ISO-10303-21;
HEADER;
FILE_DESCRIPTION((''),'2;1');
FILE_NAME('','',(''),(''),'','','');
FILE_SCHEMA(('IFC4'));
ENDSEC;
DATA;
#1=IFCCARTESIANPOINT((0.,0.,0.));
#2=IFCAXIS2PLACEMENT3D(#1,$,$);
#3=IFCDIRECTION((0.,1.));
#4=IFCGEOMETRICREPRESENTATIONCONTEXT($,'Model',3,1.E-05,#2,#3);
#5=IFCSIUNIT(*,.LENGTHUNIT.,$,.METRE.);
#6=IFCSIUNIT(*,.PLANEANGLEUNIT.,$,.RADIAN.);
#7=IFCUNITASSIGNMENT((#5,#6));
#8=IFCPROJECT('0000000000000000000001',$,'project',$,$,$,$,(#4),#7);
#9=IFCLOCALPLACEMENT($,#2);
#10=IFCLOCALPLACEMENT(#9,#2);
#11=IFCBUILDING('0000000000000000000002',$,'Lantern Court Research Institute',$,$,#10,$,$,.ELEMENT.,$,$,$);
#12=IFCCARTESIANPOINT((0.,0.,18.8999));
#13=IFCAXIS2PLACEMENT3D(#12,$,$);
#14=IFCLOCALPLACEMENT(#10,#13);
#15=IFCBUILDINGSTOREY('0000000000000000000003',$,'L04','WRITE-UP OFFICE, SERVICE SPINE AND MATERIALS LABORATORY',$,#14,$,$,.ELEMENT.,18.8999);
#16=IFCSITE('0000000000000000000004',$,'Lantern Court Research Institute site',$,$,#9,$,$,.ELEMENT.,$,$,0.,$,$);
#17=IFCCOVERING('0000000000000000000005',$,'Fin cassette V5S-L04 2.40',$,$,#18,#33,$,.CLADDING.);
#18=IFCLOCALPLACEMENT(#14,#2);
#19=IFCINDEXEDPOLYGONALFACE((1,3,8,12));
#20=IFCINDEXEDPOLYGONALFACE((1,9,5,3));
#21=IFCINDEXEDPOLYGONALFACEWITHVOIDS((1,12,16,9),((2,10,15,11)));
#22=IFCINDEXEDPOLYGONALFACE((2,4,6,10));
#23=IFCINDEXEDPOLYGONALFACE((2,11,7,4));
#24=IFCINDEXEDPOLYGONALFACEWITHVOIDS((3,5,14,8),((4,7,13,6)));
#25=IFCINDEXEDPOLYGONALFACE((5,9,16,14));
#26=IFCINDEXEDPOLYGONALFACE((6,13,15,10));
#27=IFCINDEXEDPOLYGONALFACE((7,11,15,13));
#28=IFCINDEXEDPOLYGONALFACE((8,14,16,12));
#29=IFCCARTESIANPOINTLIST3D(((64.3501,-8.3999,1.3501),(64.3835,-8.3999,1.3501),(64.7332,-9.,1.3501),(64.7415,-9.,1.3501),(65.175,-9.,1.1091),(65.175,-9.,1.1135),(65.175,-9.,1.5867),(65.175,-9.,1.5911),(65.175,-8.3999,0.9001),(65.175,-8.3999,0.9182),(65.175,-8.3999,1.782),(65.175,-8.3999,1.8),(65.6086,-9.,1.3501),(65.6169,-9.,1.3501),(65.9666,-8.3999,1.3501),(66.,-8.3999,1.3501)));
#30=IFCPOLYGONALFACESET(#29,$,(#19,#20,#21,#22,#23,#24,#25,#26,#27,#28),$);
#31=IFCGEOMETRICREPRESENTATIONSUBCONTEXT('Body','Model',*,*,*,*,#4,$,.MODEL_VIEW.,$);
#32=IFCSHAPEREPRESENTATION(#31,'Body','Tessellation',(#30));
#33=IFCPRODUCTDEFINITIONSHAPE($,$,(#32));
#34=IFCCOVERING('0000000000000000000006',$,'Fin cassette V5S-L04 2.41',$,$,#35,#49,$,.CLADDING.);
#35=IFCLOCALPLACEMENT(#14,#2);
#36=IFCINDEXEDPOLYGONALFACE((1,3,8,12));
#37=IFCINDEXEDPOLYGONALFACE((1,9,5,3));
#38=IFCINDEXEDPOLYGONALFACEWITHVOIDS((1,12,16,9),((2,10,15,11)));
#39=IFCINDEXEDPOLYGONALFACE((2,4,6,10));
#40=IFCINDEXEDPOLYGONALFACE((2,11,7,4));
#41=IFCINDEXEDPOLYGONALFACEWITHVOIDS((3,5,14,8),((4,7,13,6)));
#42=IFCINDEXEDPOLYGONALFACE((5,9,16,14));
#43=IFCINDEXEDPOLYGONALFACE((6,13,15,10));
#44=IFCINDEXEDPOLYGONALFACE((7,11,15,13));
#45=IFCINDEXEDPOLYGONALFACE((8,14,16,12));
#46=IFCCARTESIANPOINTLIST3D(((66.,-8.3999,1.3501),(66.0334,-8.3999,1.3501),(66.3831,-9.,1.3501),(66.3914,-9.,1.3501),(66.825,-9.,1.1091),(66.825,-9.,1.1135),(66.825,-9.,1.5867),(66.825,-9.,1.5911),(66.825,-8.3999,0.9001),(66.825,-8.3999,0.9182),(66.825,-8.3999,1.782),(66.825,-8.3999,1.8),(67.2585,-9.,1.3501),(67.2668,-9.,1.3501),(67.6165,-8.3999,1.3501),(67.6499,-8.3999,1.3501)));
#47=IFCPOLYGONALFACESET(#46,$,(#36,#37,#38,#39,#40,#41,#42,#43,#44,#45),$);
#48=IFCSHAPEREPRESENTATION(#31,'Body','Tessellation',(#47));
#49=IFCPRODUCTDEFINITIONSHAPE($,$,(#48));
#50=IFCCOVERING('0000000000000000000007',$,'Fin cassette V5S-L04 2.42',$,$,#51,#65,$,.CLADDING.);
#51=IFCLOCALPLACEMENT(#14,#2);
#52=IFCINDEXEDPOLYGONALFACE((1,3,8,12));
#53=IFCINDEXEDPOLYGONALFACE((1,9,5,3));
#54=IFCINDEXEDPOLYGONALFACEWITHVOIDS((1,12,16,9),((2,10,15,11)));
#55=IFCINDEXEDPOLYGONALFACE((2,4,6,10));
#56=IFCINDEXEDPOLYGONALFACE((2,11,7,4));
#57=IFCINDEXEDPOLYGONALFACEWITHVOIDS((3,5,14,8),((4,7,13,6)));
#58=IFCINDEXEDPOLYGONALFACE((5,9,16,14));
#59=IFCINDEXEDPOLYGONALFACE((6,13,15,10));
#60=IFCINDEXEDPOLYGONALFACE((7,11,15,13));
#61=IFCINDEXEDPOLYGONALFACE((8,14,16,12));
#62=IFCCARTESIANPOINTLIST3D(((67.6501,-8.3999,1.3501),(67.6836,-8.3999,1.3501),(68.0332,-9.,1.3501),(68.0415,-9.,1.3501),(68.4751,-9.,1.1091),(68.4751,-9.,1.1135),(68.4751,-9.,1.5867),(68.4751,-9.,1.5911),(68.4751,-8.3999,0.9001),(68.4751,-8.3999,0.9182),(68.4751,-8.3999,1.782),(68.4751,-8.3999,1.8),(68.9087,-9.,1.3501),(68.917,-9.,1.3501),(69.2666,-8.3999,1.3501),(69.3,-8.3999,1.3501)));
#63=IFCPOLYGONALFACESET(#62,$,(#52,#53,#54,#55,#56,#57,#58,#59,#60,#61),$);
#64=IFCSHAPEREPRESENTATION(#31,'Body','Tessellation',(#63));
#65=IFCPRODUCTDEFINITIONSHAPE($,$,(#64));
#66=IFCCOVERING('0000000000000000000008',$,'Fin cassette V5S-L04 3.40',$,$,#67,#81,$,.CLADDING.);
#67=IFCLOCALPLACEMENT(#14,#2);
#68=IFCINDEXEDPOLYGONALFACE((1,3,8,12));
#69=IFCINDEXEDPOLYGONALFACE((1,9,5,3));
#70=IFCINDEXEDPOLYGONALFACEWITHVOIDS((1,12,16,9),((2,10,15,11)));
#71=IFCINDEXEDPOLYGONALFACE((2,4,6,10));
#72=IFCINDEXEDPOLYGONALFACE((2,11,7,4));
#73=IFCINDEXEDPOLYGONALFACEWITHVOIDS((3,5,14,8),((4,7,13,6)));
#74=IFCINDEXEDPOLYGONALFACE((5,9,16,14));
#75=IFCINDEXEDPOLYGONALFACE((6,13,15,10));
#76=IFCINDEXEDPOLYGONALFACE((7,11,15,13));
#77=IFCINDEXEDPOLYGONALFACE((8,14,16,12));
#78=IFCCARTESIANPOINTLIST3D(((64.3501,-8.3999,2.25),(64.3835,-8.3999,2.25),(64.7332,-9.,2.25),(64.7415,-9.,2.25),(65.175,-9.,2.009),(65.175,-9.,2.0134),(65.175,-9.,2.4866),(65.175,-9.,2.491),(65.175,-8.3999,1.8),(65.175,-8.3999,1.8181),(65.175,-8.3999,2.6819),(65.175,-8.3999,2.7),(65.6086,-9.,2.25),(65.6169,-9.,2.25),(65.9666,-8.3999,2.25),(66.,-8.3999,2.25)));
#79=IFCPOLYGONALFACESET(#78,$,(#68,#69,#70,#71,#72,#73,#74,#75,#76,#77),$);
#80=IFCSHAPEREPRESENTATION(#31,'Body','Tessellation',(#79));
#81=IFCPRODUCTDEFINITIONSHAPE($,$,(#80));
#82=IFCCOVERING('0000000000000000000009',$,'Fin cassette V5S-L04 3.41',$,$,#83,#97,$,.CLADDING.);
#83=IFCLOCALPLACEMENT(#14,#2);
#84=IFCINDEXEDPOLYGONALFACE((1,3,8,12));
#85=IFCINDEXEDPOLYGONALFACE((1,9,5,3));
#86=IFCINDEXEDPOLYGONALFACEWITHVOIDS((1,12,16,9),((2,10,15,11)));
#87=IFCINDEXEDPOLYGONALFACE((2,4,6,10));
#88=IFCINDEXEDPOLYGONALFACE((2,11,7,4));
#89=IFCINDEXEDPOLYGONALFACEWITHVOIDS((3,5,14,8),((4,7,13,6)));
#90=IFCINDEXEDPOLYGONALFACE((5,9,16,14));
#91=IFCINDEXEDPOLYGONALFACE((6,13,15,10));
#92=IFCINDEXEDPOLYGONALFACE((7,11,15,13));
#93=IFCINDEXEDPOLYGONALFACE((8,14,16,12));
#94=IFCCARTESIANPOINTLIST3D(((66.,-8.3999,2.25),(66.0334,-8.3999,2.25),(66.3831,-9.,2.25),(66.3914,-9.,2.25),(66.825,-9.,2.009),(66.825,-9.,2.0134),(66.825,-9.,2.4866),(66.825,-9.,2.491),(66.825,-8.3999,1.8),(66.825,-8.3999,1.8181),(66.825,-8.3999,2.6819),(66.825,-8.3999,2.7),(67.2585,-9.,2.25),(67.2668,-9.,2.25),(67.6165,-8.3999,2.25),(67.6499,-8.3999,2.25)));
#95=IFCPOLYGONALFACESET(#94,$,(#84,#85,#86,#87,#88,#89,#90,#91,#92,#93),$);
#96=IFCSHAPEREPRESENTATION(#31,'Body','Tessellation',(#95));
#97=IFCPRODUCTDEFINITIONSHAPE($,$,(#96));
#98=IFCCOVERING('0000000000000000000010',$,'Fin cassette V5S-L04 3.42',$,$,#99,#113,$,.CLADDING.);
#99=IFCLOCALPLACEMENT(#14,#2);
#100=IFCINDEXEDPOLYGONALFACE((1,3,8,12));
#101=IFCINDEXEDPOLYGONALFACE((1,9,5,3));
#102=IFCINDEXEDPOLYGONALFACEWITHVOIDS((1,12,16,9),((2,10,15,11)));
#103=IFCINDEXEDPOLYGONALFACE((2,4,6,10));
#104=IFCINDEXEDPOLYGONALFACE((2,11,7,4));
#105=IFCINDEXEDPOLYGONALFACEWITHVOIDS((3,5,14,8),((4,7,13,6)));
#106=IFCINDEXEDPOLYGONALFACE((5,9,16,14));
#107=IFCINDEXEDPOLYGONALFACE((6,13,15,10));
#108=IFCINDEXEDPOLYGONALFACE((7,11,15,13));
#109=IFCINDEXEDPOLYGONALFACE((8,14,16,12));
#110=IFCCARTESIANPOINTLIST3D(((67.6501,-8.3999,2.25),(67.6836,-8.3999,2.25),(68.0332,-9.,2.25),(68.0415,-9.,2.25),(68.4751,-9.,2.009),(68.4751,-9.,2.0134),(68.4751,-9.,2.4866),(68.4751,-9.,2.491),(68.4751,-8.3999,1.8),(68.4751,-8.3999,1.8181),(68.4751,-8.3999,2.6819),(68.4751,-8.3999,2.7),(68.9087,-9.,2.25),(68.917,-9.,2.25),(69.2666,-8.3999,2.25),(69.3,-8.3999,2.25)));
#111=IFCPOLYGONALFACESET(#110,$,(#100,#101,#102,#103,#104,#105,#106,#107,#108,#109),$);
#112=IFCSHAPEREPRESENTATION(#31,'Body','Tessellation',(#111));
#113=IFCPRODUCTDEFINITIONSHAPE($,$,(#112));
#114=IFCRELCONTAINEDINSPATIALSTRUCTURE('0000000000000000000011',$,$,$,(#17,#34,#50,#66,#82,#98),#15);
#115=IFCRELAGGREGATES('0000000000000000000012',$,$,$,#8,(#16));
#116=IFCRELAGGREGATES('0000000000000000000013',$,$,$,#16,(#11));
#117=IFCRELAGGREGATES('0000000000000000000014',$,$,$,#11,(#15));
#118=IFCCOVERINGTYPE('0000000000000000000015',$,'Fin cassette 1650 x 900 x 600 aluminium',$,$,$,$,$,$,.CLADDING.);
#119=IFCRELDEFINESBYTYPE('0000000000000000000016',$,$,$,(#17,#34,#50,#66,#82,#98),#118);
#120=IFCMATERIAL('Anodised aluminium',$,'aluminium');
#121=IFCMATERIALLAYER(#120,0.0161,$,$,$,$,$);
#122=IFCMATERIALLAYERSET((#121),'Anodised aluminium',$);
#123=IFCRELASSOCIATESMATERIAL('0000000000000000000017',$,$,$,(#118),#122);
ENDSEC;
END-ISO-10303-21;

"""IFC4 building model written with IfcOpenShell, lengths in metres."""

from ifc_helpers import new_model, entity, si_unit, direction, frame, origin, place, context, subcontext, project, spatial, material, layer, layer_set, type_object, element, save


model = new_model("IFC4")

# Units and contexts
model_context = context("Model", 3, precision=1e-05, world=origin(), true_north=direction((0.0, 1.0)))
body_context = subcontext(model_context, "Body", "Model", "MODEL_VIEW")
ifc_project = project(units=[si_unit("LENGTHUNIT", "METRE"), si_unit("PLANEANGLEUNIT", "RADIAN")], contexts=[model_context])

# Site, building, storey
site_placement = place(None, origin())
site = spatial("IfcSite", under=ifc_project, at=site_placement, Name="Lantern Court Research Institute site", CompositionType="ELEMENT", RefElevation=0.0)
building_placement = place(site_placement, origin())
building = spatial("IfcBuilding", under=site, at=building_placement, Name="Lantern Court Research Institute", CompositionType="ELEMENT")
storey_placement = place(building_placement, frame((0.0, 0.0, 18.8999)))
storey = spatial("IfcBuildingStorey", under=building, at=storey_placement, Name="L04", Description="WRITE-UP OFFICE, SERVICE SPINE AND MATERIALS LABORATORY", CompositionType="ELEMENT", Elevation=18.8999)

# Coverings
ifc_material_1 = material(Name="Anodised aluminium", Category="aluminium")
ifc_layer_1 = layer(ifc_material_1, 0.0161)
ifc_layer_set_1 = layer_set([ifc_layer_1], Name="Anodised aluminium")
covering_type = type_object("IfcCoveringType", Name="Fin cassette 1650 x 900 x 600 aluminium", PredefinedType="CLADDING", material=ifc_layer_set_1)
covering_1_placement = place(storey_placement, frame((65.175, -8.3999, 1.3501), z_axis=(0.0, -1.0, 0.0), x_axis=(1.0, 0.0, 0.0)))
cartesian_point_1 = entity("IfcCartesianPoint", [0.825, 0.0])
cartesian_point_2 = entity("IfcCartesianPoint", [0.7915, 0.0])
cartesian_point_3 = entity("IfcCartesianPoint", [0.4419, 0.0])
cartesian_point_4 = entity("IfcCartesianPoint", [0.4336, 0.0])
element("IfcCovering", 1, at=covering_1_placement, inside=storey, type_object=covering_type, Name="Fin cassette V5S-L04 2.40", PredefinedType="CLADDING", context=body_context, shape_type="SweptSolid", body=[
    entity("IfcExtrudedAreaSolidTapered", entity("IfcArbitraryProfileDefWithVoids", "AREA", None, entity("IfcPolyline", [cartesian_point_1, entity("IfcCartesianPoint", [0.0, 0.45]), entity("IfcCartesianPoint", [-0.825, 0.0]), entity("IfcCartesianPoint", [0.0, -0.45]), cartesian_point_1]), [entity("IfcPolyline", [cartesian_point_2, entity("IfcCartesianPoint", [0.0, 0.4319]), entity("IfcCartesianPoint", [-0.7915, 0.0]), entity("IfcCartesianPoint", [0.0, -0.4319]), cartesian_point_2])]), entity("IfcAxis2Placement3D", entity("IfcCartesianPoint", [0.0, 0.0, 0.0])), entity("IfcDirection", [0.0, 0.0, 1.0]), 0.6001, entity("IfcArbitraryProfileDefWithVoids", "AREA", None, entity("IfcPolyline", [cartesian_point_3, entity("IfcCartesianPoint", [0.0, 0.241]), entity("IfcCartesianPoint", [-0.4419, 0.0]), entity("IfcCartesianPoint", [0.0, -0.241]), cartesian_point_3]), [entity("IfcPolyline", [cartesian_point_4, entity("IfcCartesianPoint", [0.0, 0.2366]), entity("IfcCartesianPoint", [-0.4336, 0.0]), entity("IfcCartesianPoint", [0.0, -0.2366]), cartesian_point_4])])),
])
covering_2_placement = place(storey_placement, frame((66.825, -8.3999, 1.3501), z_axis=(0.0, -1.0, 0.0), x_axis=(1.0, 0.0, 0.0)))
cartesian_point_5 = entity("IfcCartesianPoint", [0.825, 0.0])
cartesian_point_6 = entity("IfcCartesianPoint", [0.7915, 0.0])
cartesian_point_7 = entity("IfcCartesianPoint", [0.4419, 0.0])
cartesian_point_8 = entity("IfcCartesianPoint", [0.4336, 0.0])
element("IfcCovering", 2, at=covering_2_placement, inside=storey, type_object=covering_type, Name="Fin cassette V5S-L04 2.41", PredefinedType="CLADDING", context=body_context, shape_type="SweptSolid", body=[
    entity("IfcExtrudedAreaSolidTapered", entity("IfcArbitraryProfileDefWithVoids", "AREA", None, entity("IfcPolyline", [cartesian_point_5, entity("IfcCartesianPoint", [0.0, 0.45]), entity("IfcCartesianPoint", [-0.825, 0.0]), entity("IfcCartesianPoint", [0.0, -0.45]), cartesian_point_5]), [entity("IfcPolyline", [cartesian_point_6, entity("IfcCartesianPoint", [0.0, 0.4319]), entity("IfcCartesianPoint", [-0.7915, 0.0]), entity("IfcCartesianPoint", [0.0, -0.4319]), cartesian_point_6])]), entity("IfcAxis2Placement3D", entity("IfcCartesianPoint", [0.0, 0.0, 0.0])), entity("IfcDirection", [0.0, 0.0, 1.0]), 0.6001, entity("IfcArbitraryProfileDefWithVoids", "AREA", None, entity("IfcPolyline", [cartesian_point_7, entity("IfcCartesianPoint", [0.0, 0.241]), entity("IfcCartesianPoint", [-0.4419, 0.0]), entity("IfcCartesianPoint", [0.0, -0.241]), cartesian_point_7]), [entity("IfcPolyline", [cartesian_point_8, entity("IfcCartesianPoint", [0.0, 0.2366]), entity("IfcCartesianPoint", [-0.4336, 0.0]), entity("IfcCartesianPoint", [0.0, -0.2366]), cartesian_point_8])])),
])
covering_3_placement = place(storey_placement, frame((68.4751, -8.3999, 1.3501), z_axis=(0.0, -1.0, 0.0), x_axis=(1.0, 0.0, 0.0)))
cartesian_point_9 = entity("IfcCartesianPoint", [0.825, 0.0])
cartesian_point_10 = entity("IfcCartesianPoint", [0.7915, 0.0])
cartesian_point_11 = entity("IfcCartesianPoint", [0.4419, 0.0])
cartesian_point_12 = entity("IfcCartesianPoint", [0.4336, 0.0])
element("IfcCovering", 3, at=covering_3_placement, inside=storey, type_object=covering_type, Name="Fin cassette V5S-L04 2.42", PredefinedType="CLADDING", context=body_context, shape_type="SweptSolid", body=[
    entity("IfcExtrudedAreaSolidTapered", entity("IfcArbitraryProfileDefWithVoids", "AREA", None, entity("IfcPolyline", [cartesian_point_9, entity("IfcCartesianPoint", [0.0, 0.45]), entity("IfcCartesianPoint", [-0.825, 0.0]), entity("IfcCartesianPoint", [0.0, -0.45]), cartesian_point_9]), [entity("IfcPolyline", [cartesian_point_10, entity("IfcCartesianPoint", [0.0, 0.4319]), entity("IfcCartesianPoint", [-0.7915, 0.0]), entity("IfcCartesianPoint", [0.0, -0.4319]), cartesian_point_10])]), entity("IfcAxis2Placement3D", entity("IfcCartesianPoint", [0.0, 0.0, 0.0])), entity("IfcDirection", [0.0, 0.0, 1.0]), 0.6001, entity("IfcArbitraryProfileDefWithVoids", "AREA", None, entity("IfcPolyline", [cartesian_point_11, entity("IfcCartesianPoint", [0.0, 0.241]), entity("IfcCartesianPoint", [-0.4419, 0.0]), entity("IfcCartesianPoint", [0.0, -0.241]), cartesian_point_11]), [entity("IfcPolyline", [cartesian_point_12, entity("IfcCartesianPoint", [0.0, 0.2366]), entity("IfcCartesianPoint", [-0.4336, 0.0]), entity("IfcCartesianPoint", [0.0, -0.2366]), cartesian_point_12])])),
])
covering_4_placement = place(storey_placement, frame((65.175, -8.3999, 2.25), z_axis=(0.0, -1.0, 0.0), x_axis=(1.0, 0.0, 0.0)))
cartesian_point_13 = entity("IfcCartesianPoint", [0.825, 0.0])
cartesian_point_14 = entity("IfcCartesianPoint", [0.7915, 0.0])
cartesian_point_15 = entity("IfcCartesianPoint", [0.4419, 0.0])
cartesian_point_16 = entity("IfcCartesianPoint", [0.4336, 0.0])
element("IfcCovering", 4, at=covering_4_placement, inside=storey, type_object=covering_type, Name="Fin cassette V5S-L04 3.40", PredefinedType="CLADDING", context=body_context, shape_type="SweptSolid", body=[
    entity("IfcExtrudedAreaSolidTapered", entity("IfcArbitraryProfileDefWithVoids", "AREA", None, entity("IfcPolyline", [cartesian_point_13, entity("IfcCartesianPoint", [0.0, 0.45]), entity("IfcCartesianPoint", [-0.825, 0.0]), entity("IfcCartesianPoint", [0.0, -0.45]), cartesian_point_13]), [entity("IfcPolyline", [cartesian_point_14, entity("IfcCartesianPoint", [0.0, 0.4319]), entity("IfcCartesianPoint", [-0.7915, 0.0]), entity("IfcCartesianPoint", [0.0, -0.4319]), cartesian_point_14])]), entity("IfcAxis2Placement3D", entity("IfcCartesianPoint", [0.0, 0.0, 0.0])), entity("IfcDirection", [0.0, 0.0, 1.0]), 0.6001, entity("IfcArbitraryProfileDefWithVoids", "AREA", None, entity("IfcPolyline", [cartesian_point_15, entity("IfcCartesianPoint", [0.0, 0.241]), entity("IfcCartesianPoint", [-0.4419, 0.0]), entity("IfcCartesianPoint", [0.0, -0.241]), cartesian_point_15]), [entity("IfcPolyline", [cartesian_point_16, entity("IfcCartesianPoint", [0.0, 0.2366]), entity("IfcCartesianPoint", [-0.4336, 0.0]), entity("IfcCartesianPoint", [0.0, -0.2366]), cartesian_point_16])])),
])
covering_5_placement = place(storey_placement, frame((66.825, -8.3999, 2.25), z_axis=(0.0, -1.0, 0.0), x_axis=(1.0, 0.0, 0.0)))
cartesian_point_17 = entity("IfcCartesianPoint", [0.825, 0.0])
cartesian_point_18 = entity("IfcCartesianPoint", [0.7915, 0.0])
cartesian_point_19 = entity("IfcCartesianPoint", [0.4419, 0.0])
cartesian_point_20 = entity("IfcCartesianPoint", [0.4336, 0.0])
element("IfcCovering", 5, at=covering_5_placement, inside=storey, type_object=covering_type, Name="Fin cassette V5S-L04 3.41", PredefinedType="CLADDING", context=body_context, shape_type="SweptSolid", body=[
    entity("IfcExtrudedAreaSolidTapered", entity("IfcArbitraryProfileDefWithVoids", "AREA", None, entity("IfcPolyline", [cartesian_point_17, entity("IfcCartesianPoint", [0.0, 0.45]), entity("IfcCartesianPoint", [-0.825, 0.0]), entity("IfcCartesianPoint", [0.0, -0.45]), cartesian_point_17]), [entity("IfcPolyline", [cartesian_point_18, entity("IfcCartesianPoint", [0.0, 0.4319]), entity("IfcCartesianPoint", [-0.7915, 0.0]), entity("IfcCartesianPoint", [0.0, -0.4319]), cartesian_point_18])]), entity("IfcAxis2Placement3D", entity("IfcCartesianPoint", [0.0, 0.0, 0.0])), entity("IfcDirection", [0.0, 0.0, 1.0]), 0.6001, entity("IfcArbitraryProfileDefWithVoids", "AREA", None, entity("IfcPolyline", [cartesian_point_19, entity("IfcCartesianPoint", [0.0, 0.241]), entity("IfcCartesianPoint", [-0.4419, 0.0]), entity("IfcCartesianPoint", [0.0, -0.241]), cartesian_point_19]), [entity("IfcPolyline", [cartesian_point_20, entity("IfcCartesianPoint", [0.0, 0.2366]), entity("IfcCartesianPoint", [-0.4336, 0.0]), entity("IfcCartesianPoint", [0.0, -0.2366]), cartesian_point_20])])),
])
covering_6_placement = place(storey_placement, frame((68.4751, -8.3999, 2.25), z_axis=(0.0, -1.0, 0.0), x_axis=(1.0, 0.0, 0.0)))
cartesian_point_21 = entity("IfcCartesianPoint", [0.825, 0.0])
cartesian_point_22 = entity("IfcCartesianPoint", [0.7915, 0.0])
cartesian_point_23 = entity("IfcCartesianPoint", [0.4419, 0.0])
cartesian_point_24 = entity("IfcCartesianPoint", [0.4336, 0.0])
element("IfcCovering", 6, at=covering_6_placement, inside=storey, type_object=covering_type, Name="Fin cassette V5S-L04 3.42", PredefinedType="CLADDING", context=body_context, shape_type="SweptSolid", body=[
    entity("IfcExtrudedAreaSolidTapered", entity("IfcArbitraryProfileDefWithVoids", "AREA", None, entity("IfcPolyline", [cartesian_point_21, entity("IfcCartesianPoint", [0.0, 0.45]), entity("IfcCartesianPoint", [-0.825, 0.0]), entity("IfcCartesianPoint", [0.0, -0.45]), cartesian_point_21]), [entity("IfcPolyline", [cartesian_point_22, entity("IfcCartesianPoint", [0.0, 0.4319]), entity("IfcCartesianPoint", [-0.7915, 0.0]), entity("IfcCartesianPoint", [0.0, -0.4319]), cartesian_point_22])]), entity("IfcAxis2Placement3D", entity("IfcCartesianPoint", [0.0, 0.0, 0.0])), entity("IfcDirection", [0.0, 0.0, 1.0]), 0.6001, entity("IfcArbitraryProfileDefWithVoids", "AREA", None, entity("IfcPolyline", [cartesian_point_23, entity("IfcCartesianPoint", [0.0, 0.241]), entity("IfcCartesianPoint", [-0.4419, 0.0]), entity("IfcCartesianPoint", [0.0, -0.241]), cartesian_point_23]), [entity("IfcPolyline", [cartesian_point_24, entity("IfcCartesianPoint", [0.0, 0.2366]), entity("IfcCartesianPoint", [-0.4336, 0.0]), entity("IfcCartesianPoint", [0.0, -0.2366]), cartesian_point_24])])),
])

save(model, "model.ifc")
